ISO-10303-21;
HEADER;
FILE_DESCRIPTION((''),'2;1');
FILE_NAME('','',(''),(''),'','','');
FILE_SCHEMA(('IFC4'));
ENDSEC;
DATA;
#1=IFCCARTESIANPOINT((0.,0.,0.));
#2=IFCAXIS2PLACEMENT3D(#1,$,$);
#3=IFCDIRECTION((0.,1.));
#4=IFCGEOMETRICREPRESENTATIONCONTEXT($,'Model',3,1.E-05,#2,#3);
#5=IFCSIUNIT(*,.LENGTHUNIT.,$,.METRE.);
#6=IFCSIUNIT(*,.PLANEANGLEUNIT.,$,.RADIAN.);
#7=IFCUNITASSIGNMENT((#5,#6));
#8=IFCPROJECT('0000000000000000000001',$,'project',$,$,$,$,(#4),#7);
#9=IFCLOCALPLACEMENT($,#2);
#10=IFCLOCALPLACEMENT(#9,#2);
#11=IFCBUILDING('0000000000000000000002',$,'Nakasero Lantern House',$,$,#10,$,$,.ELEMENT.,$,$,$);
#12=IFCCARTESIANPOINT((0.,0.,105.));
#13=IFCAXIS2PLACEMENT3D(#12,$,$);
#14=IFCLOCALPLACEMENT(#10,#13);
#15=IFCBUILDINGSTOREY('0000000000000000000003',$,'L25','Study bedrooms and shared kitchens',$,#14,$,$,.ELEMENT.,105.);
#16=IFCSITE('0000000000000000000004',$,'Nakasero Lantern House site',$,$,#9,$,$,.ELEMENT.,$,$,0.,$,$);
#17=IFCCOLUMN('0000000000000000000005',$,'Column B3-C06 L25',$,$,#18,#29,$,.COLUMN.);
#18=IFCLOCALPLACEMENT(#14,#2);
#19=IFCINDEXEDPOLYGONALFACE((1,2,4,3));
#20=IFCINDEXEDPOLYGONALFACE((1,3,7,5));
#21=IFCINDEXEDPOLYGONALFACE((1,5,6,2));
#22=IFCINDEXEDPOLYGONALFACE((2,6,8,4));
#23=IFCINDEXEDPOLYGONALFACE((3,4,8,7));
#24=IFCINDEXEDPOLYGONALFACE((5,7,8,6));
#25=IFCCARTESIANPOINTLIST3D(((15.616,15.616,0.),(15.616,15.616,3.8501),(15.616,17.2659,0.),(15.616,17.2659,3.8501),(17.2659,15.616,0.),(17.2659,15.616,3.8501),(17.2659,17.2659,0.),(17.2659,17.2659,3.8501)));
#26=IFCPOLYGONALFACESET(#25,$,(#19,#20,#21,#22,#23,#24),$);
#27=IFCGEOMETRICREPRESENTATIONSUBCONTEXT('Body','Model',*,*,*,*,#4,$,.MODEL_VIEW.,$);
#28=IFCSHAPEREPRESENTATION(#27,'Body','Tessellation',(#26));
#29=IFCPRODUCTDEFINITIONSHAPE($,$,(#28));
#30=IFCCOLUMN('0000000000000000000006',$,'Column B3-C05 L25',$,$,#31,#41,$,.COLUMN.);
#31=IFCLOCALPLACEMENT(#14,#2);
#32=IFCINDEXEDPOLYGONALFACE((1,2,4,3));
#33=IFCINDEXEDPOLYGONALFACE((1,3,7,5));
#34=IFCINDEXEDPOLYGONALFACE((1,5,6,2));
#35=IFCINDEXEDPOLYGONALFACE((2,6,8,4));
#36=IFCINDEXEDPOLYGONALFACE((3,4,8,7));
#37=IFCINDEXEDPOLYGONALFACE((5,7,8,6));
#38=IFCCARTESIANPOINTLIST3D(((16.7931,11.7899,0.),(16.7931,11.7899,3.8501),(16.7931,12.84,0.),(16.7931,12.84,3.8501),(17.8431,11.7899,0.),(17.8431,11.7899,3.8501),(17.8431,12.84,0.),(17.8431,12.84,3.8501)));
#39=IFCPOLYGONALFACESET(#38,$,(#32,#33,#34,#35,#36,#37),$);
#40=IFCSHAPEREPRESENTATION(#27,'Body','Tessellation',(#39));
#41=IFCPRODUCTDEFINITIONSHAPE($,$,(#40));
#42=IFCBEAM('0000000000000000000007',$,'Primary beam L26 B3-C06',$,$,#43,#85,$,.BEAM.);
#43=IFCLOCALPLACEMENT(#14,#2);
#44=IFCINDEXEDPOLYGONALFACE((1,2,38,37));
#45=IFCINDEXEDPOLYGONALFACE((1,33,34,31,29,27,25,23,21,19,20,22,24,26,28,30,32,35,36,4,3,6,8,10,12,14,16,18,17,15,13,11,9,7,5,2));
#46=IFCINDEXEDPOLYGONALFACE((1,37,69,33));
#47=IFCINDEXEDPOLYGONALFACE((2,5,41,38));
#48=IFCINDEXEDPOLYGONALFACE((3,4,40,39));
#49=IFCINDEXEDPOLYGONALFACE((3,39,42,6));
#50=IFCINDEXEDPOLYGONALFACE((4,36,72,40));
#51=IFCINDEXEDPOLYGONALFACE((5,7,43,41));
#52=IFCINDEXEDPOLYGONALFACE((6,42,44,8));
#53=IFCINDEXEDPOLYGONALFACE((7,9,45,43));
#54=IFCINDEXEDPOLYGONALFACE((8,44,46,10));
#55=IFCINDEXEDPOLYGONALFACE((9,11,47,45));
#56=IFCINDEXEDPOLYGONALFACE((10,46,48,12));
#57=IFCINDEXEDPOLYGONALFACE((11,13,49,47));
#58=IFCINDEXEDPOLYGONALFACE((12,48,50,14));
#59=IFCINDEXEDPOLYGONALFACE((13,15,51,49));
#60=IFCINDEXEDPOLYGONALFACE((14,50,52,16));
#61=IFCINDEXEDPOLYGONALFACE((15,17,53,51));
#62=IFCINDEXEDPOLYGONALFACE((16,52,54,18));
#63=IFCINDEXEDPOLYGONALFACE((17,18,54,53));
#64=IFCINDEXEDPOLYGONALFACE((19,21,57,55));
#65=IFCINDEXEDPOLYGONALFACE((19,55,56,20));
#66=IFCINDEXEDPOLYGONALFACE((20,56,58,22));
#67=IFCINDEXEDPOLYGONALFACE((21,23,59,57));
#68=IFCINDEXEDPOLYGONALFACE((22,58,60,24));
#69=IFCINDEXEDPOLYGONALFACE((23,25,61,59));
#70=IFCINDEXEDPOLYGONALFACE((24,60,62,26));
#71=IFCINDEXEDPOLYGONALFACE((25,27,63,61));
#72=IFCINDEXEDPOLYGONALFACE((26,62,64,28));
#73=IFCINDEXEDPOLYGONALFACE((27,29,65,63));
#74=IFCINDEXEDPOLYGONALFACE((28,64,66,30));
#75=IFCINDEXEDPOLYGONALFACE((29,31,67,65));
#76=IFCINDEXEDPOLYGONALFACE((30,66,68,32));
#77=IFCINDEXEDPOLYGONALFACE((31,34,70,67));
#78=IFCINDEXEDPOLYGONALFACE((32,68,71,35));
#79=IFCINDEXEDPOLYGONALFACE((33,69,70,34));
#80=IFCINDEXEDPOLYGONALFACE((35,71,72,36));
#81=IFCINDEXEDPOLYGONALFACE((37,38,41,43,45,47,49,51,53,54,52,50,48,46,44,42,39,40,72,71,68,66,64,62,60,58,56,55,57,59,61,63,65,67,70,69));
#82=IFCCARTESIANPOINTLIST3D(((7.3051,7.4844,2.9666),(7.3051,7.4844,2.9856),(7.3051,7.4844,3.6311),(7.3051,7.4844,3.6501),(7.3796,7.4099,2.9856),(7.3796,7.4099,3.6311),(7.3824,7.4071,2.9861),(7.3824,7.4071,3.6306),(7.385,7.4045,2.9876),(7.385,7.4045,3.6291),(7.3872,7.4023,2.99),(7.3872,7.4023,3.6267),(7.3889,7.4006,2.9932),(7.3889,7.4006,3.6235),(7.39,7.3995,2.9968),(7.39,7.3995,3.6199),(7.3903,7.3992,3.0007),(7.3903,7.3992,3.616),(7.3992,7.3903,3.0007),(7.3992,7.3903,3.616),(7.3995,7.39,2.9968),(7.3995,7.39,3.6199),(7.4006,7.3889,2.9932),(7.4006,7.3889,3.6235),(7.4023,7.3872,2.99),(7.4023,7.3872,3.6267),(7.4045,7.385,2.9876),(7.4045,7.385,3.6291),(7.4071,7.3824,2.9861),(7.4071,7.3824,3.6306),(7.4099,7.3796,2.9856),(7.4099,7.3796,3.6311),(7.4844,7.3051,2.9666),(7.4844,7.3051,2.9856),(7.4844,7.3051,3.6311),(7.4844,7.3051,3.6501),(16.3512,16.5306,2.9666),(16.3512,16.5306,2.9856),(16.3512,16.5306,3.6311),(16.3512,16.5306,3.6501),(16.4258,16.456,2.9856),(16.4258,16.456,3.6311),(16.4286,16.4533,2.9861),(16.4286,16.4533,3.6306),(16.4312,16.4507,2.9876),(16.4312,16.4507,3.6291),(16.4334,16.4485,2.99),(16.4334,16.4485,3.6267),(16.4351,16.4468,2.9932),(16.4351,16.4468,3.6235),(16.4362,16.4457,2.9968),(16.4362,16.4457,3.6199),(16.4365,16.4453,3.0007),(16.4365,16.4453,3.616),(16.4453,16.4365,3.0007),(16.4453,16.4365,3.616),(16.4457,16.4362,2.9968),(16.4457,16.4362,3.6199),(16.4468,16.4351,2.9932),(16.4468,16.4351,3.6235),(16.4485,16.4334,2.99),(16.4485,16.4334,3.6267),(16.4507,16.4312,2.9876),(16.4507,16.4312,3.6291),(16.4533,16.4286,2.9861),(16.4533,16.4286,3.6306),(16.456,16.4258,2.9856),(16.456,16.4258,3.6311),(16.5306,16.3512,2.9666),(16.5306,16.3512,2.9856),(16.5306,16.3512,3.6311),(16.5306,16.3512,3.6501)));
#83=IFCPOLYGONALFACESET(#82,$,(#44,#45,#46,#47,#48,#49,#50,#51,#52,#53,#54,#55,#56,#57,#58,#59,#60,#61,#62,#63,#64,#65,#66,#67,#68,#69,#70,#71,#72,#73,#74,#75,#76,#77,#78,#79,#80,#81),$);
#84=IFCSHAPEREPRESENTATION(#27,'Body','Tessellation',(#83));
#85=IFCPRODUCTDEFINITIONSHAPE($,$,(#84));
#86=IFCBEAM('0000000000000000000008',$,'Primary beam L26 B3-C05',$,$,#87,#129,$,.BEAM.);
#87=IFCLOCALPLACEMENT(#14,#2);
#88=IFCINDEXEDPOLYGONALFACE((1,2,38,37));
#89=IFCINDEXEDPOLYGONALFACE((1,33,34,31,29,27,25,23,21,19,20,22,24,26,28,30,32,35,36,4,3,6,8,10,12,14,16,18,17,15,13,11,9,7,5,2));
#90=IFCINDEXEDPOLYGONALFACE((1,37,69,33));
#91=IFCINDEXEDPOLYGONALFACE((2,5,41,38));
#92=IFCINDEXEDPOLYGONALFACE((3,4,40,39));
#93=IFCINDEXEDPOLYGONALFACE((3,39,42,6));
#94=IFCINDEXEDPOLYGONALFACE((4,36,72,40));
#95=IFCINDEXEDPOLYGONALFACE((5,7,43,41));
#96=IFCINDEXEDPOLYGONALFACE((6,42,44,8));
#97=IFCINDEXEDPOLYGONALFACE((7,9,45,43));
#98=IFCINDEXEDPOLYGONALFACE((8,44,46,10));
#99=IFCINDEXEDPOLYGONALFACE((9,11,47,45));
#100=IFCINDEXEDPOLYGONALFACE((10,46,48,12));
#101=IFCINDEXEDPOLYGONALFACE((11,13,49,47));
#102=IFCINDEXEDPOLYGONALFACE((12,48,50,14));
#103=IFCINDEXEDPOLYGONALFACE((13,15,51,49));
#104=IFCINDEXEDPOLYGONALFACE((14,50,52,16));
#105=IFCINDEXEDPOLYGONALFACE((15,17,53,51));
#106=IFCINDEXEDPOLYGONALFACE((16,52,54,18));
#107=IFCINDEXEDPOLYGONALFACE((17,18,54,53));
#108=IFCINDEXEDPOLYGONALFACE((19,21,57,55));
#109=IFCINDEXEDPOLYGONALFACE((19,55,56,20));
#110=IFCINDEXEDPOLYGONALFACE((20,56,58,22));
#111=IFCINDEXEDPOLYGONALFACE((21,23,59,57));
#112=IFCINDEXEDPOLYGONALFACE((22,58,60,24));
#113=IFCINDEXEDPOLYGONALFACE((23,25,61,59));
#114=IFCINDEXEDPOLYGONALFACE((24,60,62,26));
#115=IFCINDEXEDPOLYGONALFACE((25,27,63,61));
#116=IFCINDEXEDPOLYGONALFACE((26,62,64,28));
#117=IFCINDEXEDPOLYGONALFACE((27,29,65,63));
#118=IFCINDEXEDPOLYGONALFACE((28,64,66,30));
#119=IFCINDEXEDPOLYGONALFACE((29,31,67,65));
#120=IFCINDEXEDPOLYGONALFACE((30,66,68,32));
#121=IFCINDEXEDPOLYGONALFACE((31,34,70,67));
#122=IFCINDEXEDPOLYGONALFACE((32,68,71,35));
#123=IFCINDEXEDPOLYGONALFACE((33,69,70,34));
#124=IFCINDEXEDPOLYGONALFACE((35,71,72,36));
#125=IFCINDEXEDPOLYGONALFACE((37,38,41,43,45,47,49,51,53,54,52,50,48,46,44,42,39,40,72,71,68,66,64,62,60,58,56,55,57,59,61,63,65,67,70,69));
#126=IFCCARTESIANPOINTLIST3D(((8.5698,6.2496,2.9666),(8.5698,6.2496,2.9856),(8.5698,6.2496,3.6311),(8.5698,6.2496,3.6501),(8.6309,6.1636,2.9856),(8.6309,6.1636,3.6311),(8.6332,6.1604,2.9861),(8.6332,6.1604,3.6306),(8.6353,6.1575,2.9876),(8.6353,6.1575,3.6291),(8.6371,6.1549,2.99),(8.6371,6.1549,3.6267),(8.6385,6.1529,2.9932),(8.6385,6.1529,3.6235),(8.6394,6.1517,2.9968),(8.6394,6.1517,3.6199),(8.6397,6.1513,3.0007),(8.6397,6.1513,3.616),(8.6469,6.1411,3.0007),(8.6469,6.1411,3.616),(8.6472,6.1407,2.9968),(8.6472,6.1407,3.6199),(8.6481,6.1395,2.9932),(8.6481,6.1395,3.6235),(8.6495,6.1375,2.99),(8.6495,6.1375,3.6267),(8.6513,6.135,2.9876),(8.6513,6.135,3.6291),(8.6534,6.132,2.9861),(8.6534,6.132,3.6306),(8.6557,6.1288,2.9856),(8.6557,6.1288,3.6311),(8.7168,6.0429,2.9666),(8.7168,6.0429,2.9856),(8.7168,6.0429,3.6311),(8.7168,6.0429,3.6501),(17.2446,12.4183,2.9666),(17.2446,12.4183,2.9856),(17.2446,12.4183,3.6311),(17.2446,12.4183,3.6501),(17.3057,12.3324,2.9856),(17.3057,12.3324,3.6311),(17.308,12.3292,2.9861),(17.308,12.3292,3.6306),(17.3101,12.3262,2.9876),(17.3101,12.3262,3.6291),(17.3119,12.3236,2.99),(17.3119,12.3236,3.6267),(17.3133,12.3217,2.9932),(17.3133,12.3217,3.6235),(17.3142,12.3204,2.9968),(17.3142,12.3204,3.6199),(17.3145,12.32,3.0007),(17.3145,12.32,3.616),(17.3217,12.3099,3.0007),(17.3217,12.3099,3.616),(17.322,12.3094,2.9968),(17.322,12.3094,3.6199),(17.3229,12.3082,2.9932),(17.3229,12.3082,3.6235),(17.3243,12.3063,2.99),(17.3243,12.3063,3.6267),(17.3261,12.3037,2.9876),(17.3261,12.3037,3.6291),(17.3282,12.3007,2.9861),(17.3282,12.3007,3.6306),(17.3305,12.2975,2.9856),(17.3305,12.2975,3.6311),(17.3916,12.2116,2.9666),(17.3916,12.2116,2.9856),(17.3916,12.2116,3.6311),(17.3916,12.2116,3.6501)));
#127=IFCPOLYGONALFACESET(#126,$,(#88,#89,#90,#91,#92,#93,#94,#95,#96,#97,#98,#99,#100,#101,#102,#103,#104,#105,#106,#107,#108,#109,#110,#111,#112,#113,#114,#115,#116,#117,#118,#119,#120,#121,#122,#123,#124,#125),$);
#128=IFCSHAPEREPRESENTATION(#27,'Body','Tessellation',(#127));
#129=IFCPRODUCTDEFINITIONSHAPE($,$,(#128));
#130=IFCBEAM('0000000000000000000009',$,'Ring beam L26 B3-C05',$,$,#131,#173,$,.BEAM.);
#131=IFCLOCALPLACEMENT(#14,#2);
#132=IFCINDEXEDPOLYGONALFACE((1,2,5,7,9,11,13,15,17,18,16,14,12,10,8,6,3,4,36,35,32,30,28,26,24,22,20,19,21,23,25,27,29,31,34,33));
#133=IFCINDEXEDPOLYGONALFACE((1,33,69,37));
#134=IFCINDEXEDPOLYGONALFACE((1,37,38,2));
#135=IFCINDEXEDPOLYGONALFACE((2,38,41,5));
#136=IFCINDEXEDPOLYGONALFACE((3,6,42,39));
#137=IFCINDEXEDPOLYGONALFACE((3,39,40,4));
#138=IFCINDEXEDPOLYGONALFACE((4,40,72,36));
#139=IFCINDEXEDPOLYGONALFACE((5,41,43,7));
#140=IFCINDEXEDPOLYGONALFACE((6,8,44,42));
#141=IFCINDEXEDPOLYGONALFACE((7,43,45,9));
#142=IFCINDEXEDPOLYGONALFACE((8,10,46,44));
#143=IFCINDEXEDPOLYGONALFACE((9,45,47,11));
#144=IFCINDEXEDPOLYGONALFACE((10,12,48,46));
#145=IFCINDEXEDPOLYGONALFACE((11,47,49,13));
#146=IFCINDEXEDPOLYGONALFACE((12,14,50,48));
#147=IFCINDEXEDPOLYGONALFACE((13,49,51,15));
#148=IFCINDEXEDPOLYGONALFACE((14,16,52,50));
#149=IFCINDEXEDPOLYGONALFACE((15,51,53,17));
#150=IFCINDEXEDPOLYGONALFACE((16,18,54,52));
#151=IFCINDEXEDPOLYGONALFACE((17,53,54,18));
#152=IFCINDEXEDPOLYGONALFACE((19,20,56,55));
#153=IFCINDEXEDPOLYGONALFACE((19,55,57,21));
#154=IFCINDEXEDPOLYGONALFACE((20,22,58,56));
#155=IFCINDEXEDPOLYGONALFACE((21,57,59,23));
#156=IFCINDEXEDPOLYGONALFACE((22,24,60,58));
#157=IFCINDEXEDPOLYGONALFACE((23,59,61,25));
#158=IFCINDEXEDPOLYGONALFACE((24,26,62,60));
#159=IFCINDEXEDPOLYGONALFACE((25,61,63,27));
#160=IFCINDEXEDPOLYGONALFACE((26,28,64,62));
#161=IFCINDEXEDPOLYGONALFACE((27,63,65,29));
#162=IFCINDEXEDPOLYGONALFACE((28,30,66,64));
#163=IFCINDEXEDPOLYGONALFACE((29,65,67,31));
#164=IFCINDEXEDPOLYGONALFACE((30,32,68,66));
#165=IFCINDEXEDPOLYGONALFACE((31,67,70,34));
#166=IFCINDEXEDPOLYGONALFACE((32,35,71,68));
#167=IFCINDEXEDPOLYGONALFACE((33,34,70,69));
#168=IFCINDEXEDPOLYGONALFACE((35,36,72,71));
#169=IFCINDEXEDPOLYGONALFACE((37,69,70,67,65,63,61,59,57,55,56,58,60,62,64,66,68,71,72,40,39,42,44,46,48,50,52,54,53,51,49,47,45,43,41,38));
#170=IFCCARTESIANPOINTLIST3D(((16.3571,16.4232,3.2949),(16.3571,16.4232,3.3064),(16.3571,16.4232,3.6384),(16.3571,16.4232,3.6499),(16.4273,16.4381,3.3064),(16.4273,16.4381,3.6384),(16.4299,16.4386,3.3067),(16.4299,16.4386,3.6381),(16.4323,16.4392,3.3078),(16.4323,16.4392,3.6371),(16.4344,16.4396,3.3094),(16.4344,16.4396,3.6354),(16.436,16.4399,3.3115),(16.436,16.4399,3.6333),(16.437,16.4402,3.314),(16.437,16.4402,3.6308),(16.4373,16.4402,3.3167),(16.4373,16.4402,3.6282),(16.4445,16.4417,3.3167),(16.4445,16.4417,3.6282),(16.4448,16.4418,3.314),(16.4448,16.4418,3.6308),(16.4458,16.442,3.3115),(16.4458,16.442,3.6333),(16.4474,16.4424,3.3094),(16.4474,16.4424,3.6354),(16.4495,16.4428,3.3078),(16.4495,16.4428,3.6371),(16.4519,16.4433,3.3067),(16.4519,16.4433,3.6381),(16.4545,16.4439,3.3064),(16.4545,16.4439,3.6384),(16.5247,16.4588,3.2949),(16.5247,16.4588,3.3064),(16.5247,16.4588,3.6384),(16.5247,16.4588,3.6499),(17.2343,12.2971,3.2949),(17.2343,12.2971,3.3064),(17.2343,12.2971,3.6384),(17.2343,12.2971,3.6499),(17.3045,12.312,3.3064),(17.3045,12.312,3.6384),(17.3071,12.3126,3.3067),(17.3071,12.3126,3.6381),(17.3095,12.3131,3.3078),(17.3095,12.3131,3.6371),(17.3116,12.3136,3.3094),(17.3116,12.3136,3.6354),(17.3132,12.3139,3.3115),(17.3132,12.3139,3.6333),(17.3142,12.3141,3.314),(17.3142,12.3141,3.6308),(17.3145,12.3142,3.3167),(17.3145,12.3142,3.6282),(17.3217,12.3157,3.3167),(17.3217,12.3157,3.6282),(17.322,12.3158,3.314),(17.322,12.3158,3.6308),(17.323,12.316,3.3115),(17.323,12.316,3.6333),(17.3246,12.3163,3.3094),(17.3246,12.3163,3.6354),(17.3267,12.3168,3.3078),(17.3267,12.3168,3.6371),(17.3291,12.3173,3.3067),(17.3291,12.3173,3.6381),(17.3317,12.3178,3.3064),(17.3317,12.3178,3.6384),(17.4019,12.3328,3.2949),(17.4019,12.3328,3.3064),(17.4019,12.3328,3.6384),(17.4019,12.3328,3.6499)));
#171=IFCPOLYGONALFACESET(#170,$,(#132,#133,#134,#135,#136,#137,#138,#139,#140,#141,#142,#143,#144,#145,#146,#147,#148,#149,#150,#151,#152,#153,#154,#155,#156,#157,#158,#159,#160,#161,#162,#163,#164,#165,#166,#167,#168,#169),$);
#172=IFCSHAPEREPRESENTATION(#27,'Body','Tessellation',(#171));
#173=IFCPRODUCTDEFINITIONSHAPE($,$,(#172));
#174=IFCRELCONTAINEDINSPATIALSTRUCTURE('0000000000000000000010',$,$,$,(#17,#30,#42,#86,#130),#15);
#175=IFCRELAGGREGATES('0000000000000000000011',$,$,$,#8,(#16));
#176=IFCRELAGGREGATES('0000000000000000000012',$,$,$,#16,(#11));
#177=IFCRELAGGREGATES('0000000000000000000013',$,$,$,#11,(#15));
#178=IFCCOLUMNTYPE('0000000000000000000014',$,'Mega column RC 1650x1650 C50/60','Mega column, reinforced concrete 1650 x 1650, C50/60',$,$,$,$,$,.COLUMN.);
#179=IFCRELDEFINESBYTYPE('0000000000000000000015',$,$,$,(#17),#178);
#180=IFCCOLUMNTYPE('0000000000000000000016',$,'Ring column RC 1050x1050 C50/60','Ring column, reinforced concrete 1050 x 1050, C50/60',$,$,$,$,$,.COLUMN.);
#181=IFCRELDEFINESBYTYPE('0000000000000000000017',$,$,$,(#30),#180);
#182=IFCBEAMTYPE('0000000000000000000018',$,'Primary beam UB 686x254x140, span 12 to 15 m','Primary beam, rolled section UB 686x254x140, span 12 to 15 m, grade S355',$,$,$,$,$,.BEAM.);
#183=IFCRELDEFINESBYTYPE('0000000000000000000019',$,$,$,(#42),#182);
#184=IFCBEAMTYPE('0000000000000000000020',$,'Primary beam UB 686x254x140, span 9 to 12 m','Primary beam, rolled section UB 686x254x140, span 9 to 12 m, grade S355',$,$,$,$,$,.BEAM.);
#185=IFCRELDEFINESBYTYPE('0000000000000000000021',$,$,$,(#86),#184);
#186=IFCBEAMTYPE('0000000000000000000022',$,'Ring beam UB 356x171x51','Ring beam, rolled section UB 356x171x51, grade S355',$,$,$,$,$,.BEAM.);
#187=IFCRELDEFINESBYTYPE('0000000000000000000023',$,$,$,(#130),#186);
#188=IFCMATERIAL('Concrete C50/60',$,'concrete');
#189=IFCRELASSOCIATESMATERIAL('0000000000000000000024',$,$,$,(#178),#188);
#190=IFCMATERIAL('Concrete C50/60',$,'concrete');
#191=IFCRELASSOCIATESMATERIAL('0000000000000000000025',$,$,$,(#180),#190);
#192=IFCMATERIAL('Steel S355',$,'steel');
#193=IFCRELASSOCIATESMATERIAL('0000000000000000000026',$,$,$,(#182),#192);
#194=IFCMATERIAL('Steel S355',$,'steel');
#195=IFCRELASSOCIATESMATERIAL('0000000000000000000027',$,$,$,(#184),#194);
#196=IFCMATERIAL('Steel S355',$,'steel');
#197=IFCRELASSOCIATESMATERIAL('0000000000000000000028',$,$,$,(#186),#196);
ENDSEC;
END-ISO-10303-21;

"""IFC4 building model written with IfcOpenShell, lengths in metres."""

from ifc_helpers import new_model, si_unit, direction, frame, origin, origin_2d, place, context, subcontext, project, spatial, rectangle, i_section, extrude, material, material_profile, profile_set, type_object, element, save


model = new_model("IFC4")

# Units and contexts
model_context = context("Model", 3, precision=1e-05, world=origin(), true_north=direction((0.0, 1.0)))
body_context = subcontext(model_context, "Body", "Model", "MODEL_VIEW")
ifc_project = project(units=[si_unit("LENGTHUNIT", "METRE"), si_unit("PLANEANGLEUNIT", "RADIAN")], contexts=[model_context])

# Site, building, storey
site_placement = place(None, origin())
site = spatial("IfcSite", under=ifc_project, at=site_placement, Name="Nakasero Lantern House site", CompositionType="ELEMENT", RefElevation=0.0)
building_placement = place(site_placement, origin())
building = spatial("IfcBuilding", under=site, at=building_placement, Name="Nakasero Lantern House", CompositionType="ELEMENT")
storey_placement = place(building_placement, frame((0.0, 0.0, 105.0)))
storey = spatial("IfcBuildingStorey", under=building, at=storey_placement, Name="L25", Description="Study bedrooms and shared kitchens", CompositionType="ELEMENT", Elevation=105.0)

# Columns
ifc_material_1 = material(Name="Concrete C50/60", Category="concrete")
ifc_material_profile_1 = material_profile(ifc_material_1, rectangle(XDim=1.6499, YDim=1.6499, at=origin_2d()), Name="RC 1650x1650")
ifc_profile_set_1 = profile_set([ifc_material_profile_1], Name="Concrete C50/60")
column_type_1 = type_object("IfcColumnType", Name="Mega column RC 1650x1650 C50/60", Description="Mega column, reinforced concrete 1650 x 1650, C50/60", PredefinedType="COLUMN", material=ifc_profile_set_1)
column_1_placement = place(storey_placement, frame((16.4409, 16.4409, 0.0), z_axis=(0.0, 0.0, 1.0), x_axis=(1.0, 0.0, 0.0)))
element("IfcColumn", 1, at=column_1_placement, inside=storey, type_object=column_type_1, Name="Column B3-C06 L25", PredefinedType="COLUMN", context=body_context, shape_type="SweptSolid", body=[
    extrude(rectangle(XDim=1.6499, YDim=1.6499, at=origin_2d()), origin(), (0.0, 0.0, 1.0), 3.8501),
])
ifc_material_2 = material(Name="Concrete C50/60", Category="concrete")
ifc_material_profile_2 = material_profile(ifc_material_2, rectangle(XDim=1.05, YDim=1.05, at=origin_2d()), Name="RC 1050x1050")
ifc_profile_set_2 = profile_set([ifc_material_profile_2], Name="Concrete C50/60")
column_type_2 = type_object("IfcColumnType", Name="Ring column RC 1050x1050 C50/60", Description="Ring column, reinforced concrete 1050 x 1050, C50/60", PredefinedType="COLUMN", material=ifc_profile_set_2)
column_2_placement = place(storey_placement, frame((17.3181, 12.3149, 0.0), z_axis=(0.0, 0.0, 1.0), x_axis=(1.0, 0.0, 0.0)))
element("IfcColumn", 2, at=column_2_placement, inside=storey, type_object=column_type_2, Name="Column B3-C05 L25", PredefinedType="COLUMN", context=body_context, shape_type="SweptSolid", body=[
    extrude(rectangle(XDim=1.05, YDim=1.05, at=origin_2d()), origin(), (0.0, 0.0, 1.0), 3.8501),
])

# Beams
ifc_material_3 = material(Name="Steel S355", Category="steel")
ifc_material_profile_3 = material_profile(ifc_material_3, i_section(OverallWidth=0.2537, OverallDepth=0.6836, WebThickness=0.0125, FlangeThickness=0.019, FilletRadius=0.0151, at=origin_2d()), Name="UB 686x254x140")
ifc_profile_set_3 = profile_set([ifc_material_profile_3], Name="Steel S355")
beam_type_1 = type_object("IfcBeamType", Name="Primary beam UB 686x254x140, span 12 to 15 m", Description="Primary beam, rolled section UB 686x254x140, span 12 to 15 m, grade S355", PredefinedType="BEAM", material=ifc_profile_set_3)
beam_1_placement = place(storey_placement, frame((16.4409, 16.4409, 3.3083), z_axis=(-0.707107, -0.707107, 0.0), x_axis=(0.707107, -0.707107, 0.0)))
element("IfcBeam", 3, at=beam_1_placement, inside=storey, type_object=beam_type_1, Name="Primary beam L26 B3-C06", PredefinedType="BEAM", context=body_context, shape_type="SweptSolid", body=[
    extrude(i_section(OverallWidth=0.2537, OverallDepth=0.6836, WebThickness=0.0125, FlangeThickness=0.019, FilletRadius=0.0151, at=origin_2d()), origin(), (0.0, 0.0, 1.0), 12.7932),
])
ifc_material_4 = material(Name="Steel S355", Category="steel")
ifc_material_profile_4 = material_profile(ifc_material_4, i_section(OverallWidth=0.2537, OverallDepth=0.6836, WebThickness=0.0125, FlangeThickness=0.019, FilletRadius=0.0151, at=origin_2d()), Name="UB 686x254x140")
ifc_profile_set_4 = profile_set([ifc_material_profile_4], Name="Steel S355")
beam_type_2 = type_object("IfcBeamType", Name="Primary beam UB 686x254x140, span 9 to 12 m", Description="Primary beam, rolled section UB 686x254x140, span 9 to 12 m, grade S355", PredefinedType="BEAM", material=ifc_profile_set_4)
beam_2_placement = place(storey_placement, frame((17.3181, 12.3149, 3.3083), z_axis=(-0.814957, -0.579521, 0.0), x_axis=(0.579521, -0.814957, 0.0)))
element("IfcBeam", 4, at=beam_2_placement, inside=storey, type_object=beam_type_2, Name="Primary beam L26 B3-C05", PredefinedType="BEAM", context=body_context, shape_type="SweptSolid", body=[
    extrude(i_section(OverallWidth=0.2537, OverallDepth=0.6836, WebThickness=0.0125, FlangeThickness=0.019, FilletRadius=0.0151, at=origin_2d()), origin(), (0.0, 0.0, 1.0), 10.6445),
])
ifc_material_5 = material(Name="Steel S355", Category="steel")
ifc_material_profile_5 = material_profile(ifc_material_5, i_section(OverallWidth=0.1714, OverallDepth=0.355, WebThickness=0.0073, FlangeThickness=0.0115, FilletRadius=0.0103, at=origin_2d()), Name="UB 356x171x51")
ifc_profile_set_5 = profile_set([ifc_material_profile_5], Name="Steel S355")
beam_type_3 = type_object("IfcBeamType", Name="Ring beam UB 356x171x51", Description="Ring beam, rolled section UB 356x171x51, grade S355", PredefinedType="BEAM", material=ifc_profile_set_5)
beam_3_placement = place(storey_placement, frame((17.3181, 12.3149, 3.4724), z_axis=(-0.207956, 0.978138, 0.0), x_axis=(-0.978138, -0.207956, 0.0)))
element("IfcBeam", 5, at=beam_3_placement, inside=storey, type_object=beam_type_3, Name="Ring beam L26 B3-C05", PredefinedType="BEAM", context=body_context, shape_type="SweptSolid", body=[
    extrude(i_section(OverallWidth=0.1714, OverallDepth=0.355, WebThickness=0.0073, FlangeThickness=0.0115, FilletRadius=0.0103, at=origin_2d()), origin(), (0.0, 0.0, 1.0), 4.2183),
])

save(model, "model.ifc")
